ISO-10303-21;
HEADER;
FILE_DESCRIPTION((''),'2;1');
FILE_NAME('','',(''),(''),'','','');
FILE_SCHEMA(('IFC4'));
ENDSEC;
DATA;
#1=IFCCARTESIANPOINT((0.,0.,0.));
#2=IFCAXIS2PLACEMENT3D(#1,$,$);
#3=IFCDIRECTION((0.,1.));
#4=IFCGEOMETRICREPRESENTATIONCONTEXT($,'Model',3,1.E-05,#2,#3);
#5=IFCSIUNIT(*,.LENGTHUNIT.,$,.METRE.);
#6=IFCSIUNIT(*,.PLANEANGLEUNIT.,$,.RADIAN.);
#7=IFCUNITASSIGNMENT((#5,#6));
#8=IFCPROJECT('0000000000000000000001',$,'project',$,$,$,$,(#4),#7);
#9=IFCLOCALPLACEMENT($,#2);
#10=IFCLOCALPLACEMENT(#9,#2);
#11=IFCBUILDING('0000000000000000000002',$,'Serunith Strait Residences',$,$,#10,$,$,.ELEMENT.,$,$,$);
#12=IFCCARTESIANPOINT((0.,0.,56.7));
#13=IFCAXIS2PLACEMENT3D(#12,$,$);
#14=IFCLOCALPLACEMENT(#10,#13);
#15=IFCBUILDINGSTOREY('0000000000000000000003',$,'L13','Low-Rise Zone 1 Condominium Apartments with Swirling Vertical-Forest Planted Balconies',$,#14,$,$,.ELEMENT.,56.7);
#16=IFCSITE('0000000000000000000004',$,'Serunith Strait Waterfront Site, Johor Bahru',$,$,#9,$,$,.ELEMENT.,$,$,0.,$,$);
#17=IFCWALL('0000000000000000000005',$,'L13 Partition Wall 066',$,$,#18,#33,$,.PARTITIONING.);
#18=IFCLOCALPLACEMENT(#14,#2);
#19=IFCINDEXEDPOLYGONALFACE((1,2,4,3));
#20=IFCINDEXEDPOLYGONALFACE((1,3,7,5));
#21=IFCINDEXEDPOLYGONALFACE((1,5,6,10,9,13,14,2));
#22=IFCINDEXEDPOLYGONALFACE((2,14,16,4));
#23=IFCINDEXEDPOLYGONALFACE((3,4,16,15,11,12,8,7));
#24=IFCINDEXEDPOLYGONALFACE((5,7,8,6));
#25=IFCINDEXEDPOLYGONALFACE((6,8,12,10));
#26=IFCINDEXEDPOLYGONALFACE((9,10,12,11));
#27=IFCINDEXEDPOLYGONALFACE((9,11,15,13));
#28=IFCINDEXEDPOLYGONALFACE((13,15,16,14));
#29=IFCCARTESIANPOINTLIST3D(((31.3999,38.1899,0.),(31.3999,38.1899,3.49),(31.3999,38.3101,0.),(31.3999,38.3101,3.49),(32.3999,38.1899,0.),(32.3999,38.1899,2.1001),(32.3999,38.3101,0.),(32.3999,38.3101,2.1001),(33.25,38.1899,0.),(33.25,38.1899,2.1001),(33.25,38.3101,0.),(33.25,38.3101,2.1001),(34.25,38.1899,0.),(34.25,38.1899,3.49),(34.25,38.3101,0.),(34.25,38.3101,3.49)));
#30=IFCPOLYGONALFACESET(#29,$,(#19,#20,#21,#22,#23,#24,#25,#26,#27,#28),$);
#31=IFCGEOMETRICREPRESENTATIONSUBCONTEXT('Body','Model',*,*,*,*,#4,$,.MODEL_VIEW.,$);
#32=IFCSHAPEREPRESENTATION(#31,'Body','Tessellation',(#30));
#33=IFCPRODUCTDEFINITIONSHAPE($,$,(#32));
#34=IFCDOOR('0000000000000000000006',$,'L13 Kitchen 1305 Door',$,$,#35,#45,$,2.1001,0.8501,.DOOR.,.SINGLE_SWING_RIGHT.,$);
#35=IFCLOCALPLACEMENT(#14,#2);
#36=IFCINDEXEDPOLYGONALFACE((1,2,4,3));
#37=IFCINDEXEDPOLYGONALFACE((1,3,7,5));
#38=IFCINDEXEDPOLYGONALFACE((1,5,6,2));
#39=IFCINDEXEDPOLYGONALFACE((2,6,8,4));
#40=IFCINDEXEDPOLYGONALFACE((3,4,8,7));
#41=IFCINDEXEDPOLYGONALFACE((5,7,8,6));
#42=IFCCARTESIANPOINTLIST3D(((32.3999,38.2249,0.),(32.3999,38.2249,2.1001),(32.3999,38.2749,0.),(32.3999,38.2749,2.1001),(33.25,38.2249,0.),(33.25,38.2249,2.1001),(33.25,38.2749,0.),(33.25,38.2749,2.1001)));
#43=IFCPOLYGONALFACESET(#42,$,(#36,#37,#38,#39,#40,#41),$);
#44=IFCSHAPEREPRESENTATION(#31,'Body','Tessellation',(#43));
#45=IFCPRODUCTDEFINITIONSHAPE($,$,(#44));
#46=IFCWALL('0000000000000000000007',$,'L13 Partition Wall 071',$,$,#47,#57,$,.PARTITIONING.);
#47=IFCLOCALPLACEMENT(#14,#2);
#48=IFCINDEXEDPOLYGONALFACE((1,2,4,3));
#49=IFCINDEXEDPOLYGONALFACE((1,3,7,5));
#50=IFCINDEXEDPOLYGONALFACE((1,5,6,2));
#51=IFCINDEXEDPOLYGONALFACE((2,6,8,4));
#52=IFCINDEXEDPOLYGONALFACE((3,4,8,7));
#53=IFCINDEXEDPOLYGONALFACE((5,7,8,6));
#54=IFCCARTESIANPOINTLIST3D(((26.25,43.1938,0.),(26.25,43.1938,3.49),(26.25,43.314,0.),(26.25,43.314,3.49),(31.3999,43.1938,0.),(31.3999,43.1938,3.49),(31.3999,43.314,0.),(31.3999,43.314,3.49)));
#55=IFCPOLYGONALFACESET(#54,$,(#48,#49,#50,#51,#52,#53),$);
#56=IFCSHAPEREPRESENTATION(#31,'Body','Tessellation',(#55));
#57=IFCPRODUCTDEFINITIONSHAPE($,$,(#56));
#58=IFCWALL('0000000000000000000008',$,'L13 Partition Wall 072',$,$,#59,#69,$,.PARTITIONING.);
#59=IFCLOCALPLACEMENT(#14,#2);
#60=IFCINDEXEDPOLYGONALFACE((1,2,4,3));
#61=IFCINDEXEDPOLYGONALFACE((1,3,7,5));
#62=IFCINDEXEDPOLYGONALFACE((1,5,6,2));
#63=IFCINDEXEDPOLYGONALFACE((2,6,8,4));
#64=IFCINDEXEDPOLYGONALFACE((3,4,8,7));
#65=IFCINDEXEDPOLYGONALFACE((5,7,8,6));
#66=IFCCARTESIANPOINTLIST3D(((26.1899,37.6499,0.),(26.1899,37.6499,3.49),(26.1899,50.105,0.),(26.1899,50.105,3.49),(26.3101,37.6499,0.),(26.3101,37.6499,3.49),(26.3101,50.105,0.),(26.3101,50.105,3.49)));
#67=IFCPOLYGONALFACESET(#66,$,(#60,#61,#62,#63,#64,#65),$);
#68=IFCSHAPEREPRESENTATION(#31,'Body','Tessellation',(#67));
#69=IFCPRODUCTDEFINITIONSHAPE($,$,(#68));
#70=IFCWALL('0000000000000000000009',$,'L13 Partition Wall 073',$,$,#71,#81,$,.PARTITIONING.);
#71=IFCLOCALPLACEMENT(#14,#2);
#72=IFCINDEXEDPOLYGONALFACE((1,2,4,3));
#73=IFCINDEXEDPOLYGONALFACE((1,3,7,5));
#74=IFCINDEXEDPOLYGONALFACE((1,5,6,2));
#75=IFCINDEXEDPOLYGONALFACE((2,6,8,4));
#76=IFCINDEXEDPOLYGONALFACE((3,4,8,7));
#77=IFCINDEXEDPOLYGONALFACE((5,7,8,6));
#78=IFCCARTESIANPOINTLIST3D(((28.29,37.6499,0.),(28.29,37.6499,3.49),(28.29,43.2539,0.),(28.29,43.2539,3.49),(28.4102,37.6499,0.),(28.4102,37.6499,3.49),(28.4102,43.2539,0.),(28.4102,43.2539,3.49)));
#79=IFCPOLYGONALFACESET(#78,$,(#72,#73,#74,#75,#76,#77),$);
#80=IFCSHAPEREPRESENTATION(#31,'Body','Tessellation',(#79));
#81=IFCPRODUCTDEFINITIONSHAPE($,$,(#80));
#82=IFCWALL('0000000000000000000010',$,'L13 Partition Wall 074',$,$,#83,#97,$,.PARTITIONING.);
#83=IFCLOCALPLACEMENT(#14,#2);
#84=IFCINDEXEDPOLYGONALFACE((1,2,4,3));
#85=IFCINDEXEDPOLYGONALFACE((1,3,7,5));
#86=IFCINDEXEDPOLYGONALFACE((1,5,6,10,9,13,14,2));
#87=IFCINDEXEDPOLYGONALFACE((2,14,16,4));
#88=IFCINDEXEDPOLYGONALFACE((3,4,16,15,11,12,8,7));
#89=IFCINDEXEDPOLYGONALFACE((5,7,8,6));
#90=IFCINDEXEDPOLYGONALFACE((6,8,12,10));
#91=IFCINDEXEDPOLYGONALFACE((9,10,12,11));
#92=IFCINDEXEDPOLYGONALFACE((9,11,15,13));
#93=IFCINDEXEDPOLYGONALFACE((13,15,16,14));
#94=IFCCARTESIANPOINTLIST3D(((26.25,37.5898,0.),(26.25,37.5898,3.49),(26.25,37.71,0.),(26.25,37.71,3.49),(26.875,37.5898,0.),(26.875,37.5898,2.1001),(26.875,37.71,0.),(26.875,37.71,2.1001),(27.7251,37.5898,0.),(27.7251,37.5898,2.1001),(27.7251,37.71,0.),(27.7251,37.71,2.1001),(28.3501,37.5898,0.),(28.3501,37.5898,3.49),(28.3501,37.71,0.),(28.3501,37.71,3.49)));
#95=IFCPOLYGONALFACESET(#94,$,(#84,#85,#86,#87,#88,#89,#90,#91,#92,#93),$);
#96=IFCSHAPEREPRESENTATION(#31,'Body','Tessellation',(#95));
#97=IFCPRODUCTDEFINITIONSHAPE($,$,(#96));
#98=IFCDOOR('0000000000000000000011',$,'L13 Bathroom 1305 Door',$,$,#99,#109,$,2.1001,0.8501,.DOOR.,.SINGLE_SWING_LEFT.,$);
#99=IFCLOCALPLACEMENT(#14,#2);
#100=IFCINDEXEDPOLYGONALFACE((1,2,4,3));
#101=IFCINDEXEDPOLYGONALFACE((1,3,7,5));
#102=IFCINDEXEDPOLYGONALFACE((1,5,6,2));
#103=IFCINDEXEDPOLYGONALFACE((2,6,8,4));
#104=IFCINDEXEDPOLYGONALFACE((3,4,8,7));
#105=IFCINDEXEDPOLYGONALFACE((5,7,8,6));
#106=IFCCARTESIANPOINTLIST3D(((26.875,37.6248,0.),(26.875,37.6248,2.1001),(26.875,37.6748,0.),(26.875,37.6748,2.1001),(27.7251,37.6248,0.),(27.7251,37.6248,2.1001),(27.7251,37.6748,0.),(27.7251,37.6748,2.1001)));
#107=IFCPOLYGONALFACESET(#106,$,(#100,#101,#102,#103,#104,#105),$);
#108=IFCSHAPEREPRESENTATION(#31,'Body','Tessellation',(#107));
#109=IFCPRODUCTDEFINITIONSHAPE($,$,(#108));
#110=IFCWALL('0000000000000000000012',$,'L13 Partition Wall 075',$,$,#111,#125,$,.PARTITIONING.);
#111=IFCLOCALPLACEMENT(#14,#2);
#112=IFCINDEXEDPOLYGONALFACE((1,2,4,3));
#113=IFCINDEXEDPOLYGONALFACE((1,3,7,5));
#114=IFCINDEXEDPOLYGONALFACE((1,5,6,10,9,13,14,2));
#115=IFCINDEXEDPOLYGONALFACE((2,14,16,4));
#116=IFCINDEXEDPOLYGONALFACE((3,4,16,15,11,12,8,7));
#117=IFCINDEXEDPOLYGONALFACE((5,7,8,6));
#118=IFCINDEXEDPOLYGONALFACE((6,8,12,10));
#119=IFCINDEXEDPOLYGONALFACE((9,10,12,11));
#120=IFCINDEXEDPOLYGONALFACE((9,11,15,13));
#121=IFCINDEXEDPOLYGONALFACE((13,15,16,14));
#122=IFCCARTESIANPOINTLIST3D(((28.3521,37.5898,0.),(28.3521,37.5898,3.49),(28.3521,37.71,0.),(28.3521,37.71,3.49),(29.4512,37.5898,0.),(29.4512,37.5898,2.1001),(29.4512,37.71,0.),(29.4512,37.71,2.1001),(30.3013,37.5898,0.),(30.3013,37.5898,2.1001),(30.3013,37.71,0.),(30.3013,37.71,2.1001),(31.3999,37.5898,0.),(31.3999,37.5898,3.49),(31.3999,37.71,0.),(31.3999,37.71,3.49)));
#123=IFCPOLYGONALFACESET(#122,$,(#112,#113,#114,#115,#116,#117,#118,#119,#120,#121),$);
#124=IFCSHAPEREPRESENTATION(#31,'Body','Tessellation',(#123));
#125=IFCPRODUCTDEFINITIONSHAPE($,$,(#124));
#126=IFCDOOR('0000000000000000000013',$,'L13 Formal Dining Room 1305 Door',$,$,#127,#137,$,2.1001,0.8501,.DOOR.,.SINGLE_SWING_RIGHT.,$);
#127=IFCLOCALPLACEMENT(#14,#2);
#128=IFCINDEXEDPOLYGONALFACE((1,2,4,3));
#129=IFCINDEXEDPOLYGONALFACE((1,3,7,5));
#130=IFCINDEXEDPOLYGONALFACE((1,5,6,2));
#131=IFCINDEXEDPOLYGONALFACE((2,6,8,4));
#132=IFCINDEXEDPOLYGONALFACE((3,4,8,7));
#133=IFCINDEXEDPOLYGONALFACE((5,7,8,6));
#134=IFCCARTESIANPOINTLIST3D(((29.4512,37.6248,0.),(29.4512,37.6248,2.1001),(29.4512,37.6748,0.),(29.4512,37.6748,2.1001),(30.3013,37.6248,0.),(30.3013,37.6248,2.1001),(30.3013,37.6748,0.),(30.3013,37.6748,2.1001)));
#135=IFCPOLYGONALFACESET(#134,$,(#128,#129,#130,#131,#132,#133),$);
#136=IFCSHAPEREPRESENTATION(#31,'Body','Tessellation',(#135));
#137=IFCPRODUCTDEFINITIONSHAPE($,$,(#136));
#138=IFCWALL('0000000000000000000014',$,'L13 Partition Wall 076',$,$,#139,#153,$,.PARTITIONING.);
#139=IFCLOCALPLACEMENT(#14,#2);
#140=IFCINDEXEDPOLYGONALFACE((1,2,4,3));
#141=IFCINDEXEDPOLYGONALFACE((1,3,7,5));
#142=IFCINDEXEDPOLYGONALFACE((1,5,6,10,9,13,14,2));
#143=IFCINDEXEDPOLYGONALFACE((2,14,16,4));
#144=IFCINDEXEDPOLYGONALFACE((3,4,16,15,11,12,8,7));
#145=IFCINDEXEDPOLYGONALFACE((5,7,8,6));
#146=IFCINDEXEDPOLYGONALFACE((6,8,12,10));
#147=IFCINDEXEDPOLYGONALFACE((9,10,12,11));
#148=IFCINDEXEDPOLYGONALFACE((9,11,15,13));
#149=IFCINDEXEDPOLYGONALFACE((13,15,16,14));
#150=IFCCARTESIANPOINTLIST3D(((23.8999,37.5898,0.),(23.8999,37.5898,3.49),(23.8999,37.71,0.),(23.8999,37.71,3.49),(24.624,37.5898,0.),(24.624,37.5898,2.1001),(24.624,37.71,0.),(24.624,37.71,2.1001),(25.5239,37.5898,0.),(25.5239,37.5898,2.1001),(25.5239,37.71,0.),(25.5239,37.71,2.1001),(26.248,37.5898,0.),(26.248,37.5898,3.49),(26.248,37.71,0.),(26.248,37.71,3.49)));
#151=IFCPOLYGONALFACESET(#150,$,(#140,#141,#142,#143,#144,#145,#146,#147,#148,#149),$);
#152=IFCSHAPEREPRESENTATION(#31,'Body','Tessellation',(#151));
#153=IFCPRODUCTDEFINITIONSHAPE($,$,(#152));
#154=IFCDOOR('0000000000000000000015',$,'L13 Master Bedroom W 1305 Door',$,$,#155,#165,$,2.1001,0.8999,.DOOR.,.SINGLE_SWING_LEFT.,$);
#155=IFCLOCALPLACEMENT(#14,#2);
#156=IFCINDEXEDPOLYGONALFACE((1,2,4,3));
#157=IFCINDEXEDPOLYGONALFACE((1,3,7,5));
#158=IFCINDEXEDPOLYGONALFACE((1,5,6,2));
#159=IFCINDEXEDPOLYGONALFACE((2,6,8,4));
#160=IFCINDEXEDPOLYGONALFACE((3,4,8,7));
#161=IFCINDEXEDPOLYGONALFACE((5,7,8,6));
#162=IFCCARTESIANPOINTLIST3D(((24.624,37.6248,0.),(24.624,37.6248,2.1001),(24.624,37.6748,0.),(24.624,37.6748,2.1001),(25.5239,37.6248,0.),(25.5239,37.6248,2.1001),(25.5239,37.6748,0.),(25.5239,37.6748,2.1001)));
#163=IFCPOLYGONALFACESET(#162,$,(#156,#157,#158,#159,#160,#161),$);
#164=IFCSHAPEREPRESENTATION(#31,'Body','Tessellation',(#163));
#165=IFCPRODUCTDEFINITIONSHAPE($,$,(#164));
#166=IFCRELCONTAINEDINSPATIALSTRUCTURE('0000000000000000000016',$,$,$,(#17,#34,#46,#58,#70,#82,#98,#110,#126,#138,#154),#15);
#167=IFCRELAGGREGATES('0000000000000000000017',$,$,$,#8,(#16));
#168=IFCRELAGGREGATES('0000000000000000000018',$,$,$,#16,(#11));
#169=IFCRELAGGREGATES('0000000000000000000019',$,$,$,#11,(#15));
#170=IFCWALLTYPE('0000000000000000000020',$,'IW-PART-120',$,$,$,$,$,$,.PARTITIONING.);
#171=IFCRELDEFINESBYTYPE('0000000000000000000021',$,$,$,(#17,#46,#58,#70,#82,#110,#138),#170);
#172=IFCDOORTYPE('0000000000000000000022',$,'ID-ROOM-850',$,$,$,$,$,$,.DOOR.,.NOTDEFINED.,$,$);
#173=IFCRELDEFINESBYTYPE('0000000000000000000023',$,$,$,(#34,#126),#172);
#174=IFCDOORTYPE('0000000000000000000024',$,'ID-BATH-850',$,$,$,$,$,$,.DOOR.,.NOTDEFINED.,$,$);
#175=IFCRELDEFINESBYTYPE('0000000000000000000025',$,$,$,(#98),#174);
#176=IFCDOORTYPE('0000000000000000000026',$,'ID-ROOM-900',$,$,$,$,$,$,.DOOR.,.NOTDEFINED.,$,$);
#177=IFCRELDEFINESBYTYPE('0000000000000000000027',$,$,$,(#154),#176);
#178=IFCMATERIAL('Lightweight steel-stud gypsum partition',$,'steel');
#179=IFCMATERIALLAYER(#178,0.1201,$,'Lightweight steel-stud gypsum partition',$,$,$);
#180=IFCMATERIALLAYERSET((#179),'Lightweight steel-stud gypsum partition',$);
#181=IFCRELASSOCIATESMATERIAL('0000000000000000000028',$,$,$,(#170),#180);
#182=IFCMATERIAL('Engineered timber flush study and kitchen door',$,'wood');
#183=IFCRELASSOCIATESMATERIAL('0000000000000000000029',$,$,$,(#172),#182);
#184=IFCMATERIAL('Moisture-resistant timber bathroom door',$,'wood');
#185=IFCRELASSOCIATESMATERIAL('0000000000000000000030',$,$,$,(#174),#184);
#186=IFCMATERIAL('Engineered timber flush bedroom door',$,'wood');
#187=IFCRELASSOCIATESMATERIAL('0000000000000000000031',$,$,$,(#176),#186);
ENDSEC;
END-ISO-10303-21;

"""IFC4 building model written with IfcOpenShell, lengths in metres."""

from ifc_helpers import new_model, si_unit, direction, frame, frame_2d, origin, place, context, subcontext, project, spatial, rectangle, extrude, source, transform, mapped, material, layer, layer_set, type_object, element, fill, save


model = new_model("IFC4")

# Units and contexts
model_context = context("Model", 3, precision=1e-05, world=origin(), true_north=direction((0.0, 1.0)))
body_context = subcontext(model_context, "Body", "Model", "MODEL_VIEW")
ifc_project = project(units=[si_unit("LENGTHUNIT", "METRE"), si_unit("PLANEANGLEUNIT", "RADIAN")], contexts=[model_context])

# Site, building, storey
site_placement = place(None, origin())
site = spatial("IfcSite", under=ifc_project, at=site_placement, Name="Serunith Strait Waterfront Site, Johor Bahru", CompositionType="ELEMENT", RefElevation=0.0)
building_placement = place(site_placement, origin())
building = spatial("IfcBuilding", under=site, at=building_placement, Name="Serunith Strait Residences", CompositionType="ELEMENT")
storey_placement = place(building_placement, frame((0.0, 0.0, 56.7)))
storey = spatial("IfcBuildingStorey", under=building, at=storey_placement, Name="L13", Description="Low-Rise Zone 1 Condominium Apartments with Swirling Vertical-Forest Planted Balconies", CompositionType="ELEMENT", Elevation=56.7)

# Wall, opening, door
ifc_material_1 = material(Name="Lightweight steel-stud gypsum partition", Category="steel")
ifc_layer_1 = layer(ifc_material_1, 0.1201, Name="Lightweight steel-stud gypsum partition")
ifc_layer_set_1 = layer_set([ifc_layer_1], Name="Lightweight steel-stud gypsum partition")
wall_type = type_object("IfcWallType", Name="IW-PART-120", PredefinedType="PARTITIONING", material=ifc_layer_set_1)
wall_1_placement = place(storey_placement, frame((31.3999, 38.25, 0.0), z_axis=(0.0, 0.0, 1.0), x_axis=(1.0, 0.0, 0.0)))
wall_1 = element("IfcWall", 1, at=wall_1_placement, inside=storey, type_object=wall_type, Name="L13 Partition Wall 066", PredefinedType="PARTITIONING", context=body_context, shape_type="SweptSolid", body=[
    extrude(rectangle(XDim=2.8501, YDim=0.1201, at=frame_2d((1.425, 0.0))), origin(), (0.0, 0.0, 1.0), 3.49),
])
opening_1_placement = place(wall_1_placement, frame((1.0, 0.0, 0.0)))
opening_1 = element("IfcOpeningElement", 2, at=opening_1_placement, cuts=wall_1, PredefinedType="OPENING", context=body_context, shape_type="SweptSolid", body=[
    extrude(rectangle(XDim=0.8501, YDim=2.1001, at=frame_2d((0.425, 1.05))), frame((0.0, 0.0701, 0.0), z_axis=(0.0, -1.0, 0.0), x_axis=(1.0, 0.0, 0.0)), (0.0, 0.0, 1.0), 0.1401),
])
ifc_material_2 = material(Name="Engineered timber flush study and kitchen door", Category="wood")
door_type_1 = type_object("IfcDoorType", Name="ID-ROOM-850", OperationType="NOTDEFINED", PredefinedType="DOOR", material=ifc_material_2)
shared_shape_1 = source(origin(), body_context, "Body", "SweptSolid", [
    extrude(rectangle(XDim=0.8501, YDim=2.1001, at=frame_2d((0.425, 1.05))), frame((0.0, 0.0249, 0.0), z_axis=(0.0, -1.0, 0.0), x_axis=(1.0, 0.0, 0.0)), (0.0, 0.0, 1.0), 0.05),
])
door_1_placement = place(opening_1_placement, origin())
door_1 = element("IfcDoor", 3, at=door_1_placement, inside=storey, type_object=door_type_1, Name="L13 Kitchen 1305 Door", OperationType="SINGLE_SWING_RIGHT", OverallHeight=2.1001, OverallWidth=0.8501, PredefinedType="DOOR", context=body_context, shape_type="MappedRepresentation", body=[
    mapped(shared_shape_1, transform((0.0, 0.0, 0.0), scale=1.0)),
])
fill(opening_1, door_1)

# Walls
wall_2_placement = place(storey_placement, frame((26.25, 43.2539, 0.0), z_axis=(0.0, 0.0, 1.0), x_axis=(1.0, 0.0, 0.0)))
element("IfcWall", 4, at=wall_2_placement, inside=storey, type_object=wall_type, Name="L13 Partition Wall 071", PredefinedType="PARTITIONING", context=body_context, shape_type="SweptSolid", body=[
    extrude(rectangle(XDim=5.1499, YDim=0.1201, at=frame_2d((2.575, 0.0))), origin(), (0.0, 0.0, 1.0), 3.49),
])
wall_3_placement = place(storey_placement, frame((26.25, 50.105, 0.0), z_axis=(0.0, 0.0, 1.0), x_axis=(0.0, -1.0, 0.0)))
element("IfcWall", 5, at=wall_3_placement, inside=storey, type_object=wall_type, Name="L13 Partition Wall 072", PredefinedType="PARTITIONING", context=body_context, shape_type="SweptSolid", body=[
    extrude(rectangle(XDim=12.4551, YDim=0.1201, at=frame_2d((6.2275, 0.0))), origin(), (0.0, 0.0, 1.0), 3.49),
])
wall_4_placement = place(storey_placement, frame((28.3501, 43.2539, 0.0), z_axis=(0.0, 0.0, 1.0), x_axis=(0.0, -1.0, 0.0)))
element("IfcWall", 6, at=wall_4_placement, inside=storey, type_object=wall_type, Name="L13 Partition Wall 073", PredefinedType="PARTITIONING", context=body_context, shape_type="SweptSolid", body=[
    extrude(rectangle(XDim=5.604, YDim=0.1201, at=frame_2d((2.802, 0.0))), origin(), (0.0, 0.0, 1.0), 3.49),
])

# Walls, openings, doors
wall_5_placement = place(storey_placement, frame((26.25, 37.6499, 0.0), z_axis=(0.0, 0.0, 1.0), x_axis=(1.0, 0.0, 0.0)))
wall_5 = element("IfcWall", 7, at=wall_5_placement, inside=storey, type_object=wall_type, Name="L13 Partition Wall 074", PredefinedType="PARTITIONING", context=body_context, shape_type="SweptSolid", body=[
    extrude(rectangle(XDim=2.1001, YDim=0.1201, at=frame_2d((1.05, 0.0))), origin(), (0.0, 0.0, 1.0), 3.49),
])
opening_2_placement = place(wall_5_placement, frame((0.625, 0.0, 0.0)))
opening_2 = element("IfcOpeningElement", 8, at=opening_2_placement, cuts=wall_5, PredefinedType="OPENING", context=body_context, shape_type="SweptSolid", body=[
    extrude(rectangle(XDim=0.8501, YDim=2.1001, at=frame_2d((0.425, 1.05))), frame((0.0, 0.0701, 0.0), z_axis=(0.0, -1.0, 0.0), x_axis=(1.0, 0.0, 0.0)), (0.0, 0.0, 1.0), 0.1401),
])
ifc_material_3 = material(Name="Moisture-resistant timber bathroom door", Category="wood")
door_type_2 = type_object("IfcDoorType", Name="ID-BATH-850", OperationType="NOTDEFINED", PredefinedType="DOOR", material=ifc_material_3)
door_2_placement = place(opening_2_placement, origin())
door_2 = element("IfcDoor", 9, at=door_2_placement, inside=storey, type_object=door_type_2, Name="L13 Bathroom 1305 Door", OperationType="SINGLE_SWING_LEFT", OverallHeight=2.1001, OverallWidth=0.8501, PredefinedType="DOOR", context=body_context, shape_type="MappedRepresentation", body=[
    mapped(shared_shape_1, transform((0.0, 0.0, 0.0), scale=1.0)),
])
fill(opening_2, door_2)
wall_6_placement = place(storey_placement, frame((28.3521, 37.6499, 0.0), z_axis=(0.0, 0.0, 1.0), x_axis=(1.0, 0.0, 0.0)))
wall_6 = element("IfcWall", 10, at=wall_6_placement, inside=storey, type_object=wall_type, Name="L13 Partition Wall 075", PredefinedType="PARTITIONING", context=body_context, shape_type="SweptSolid", body=[
    extrude(rectangle(XDim=3.0479, YDim=0.1201, at=frame_2d((1.5239, 0.0))), origin(), (0.0, 0.0, 1.0), 3.49),
])
opening_3_placement = place(wall_6_placement, frame((1.0991, 0.0, 0.0)))
opening_3 = element("IfcOpeningElement", 11, at=opening_3_placement, cuts=wall_6, PredefinedType="OPENING", context=body_context, shape_type="SweptSolid", body=[
    extrude(rectangle(XDim=0.8501, YDim=2.1001, at=frame_2d((0.425, 1.05))), frame((0.0, 0.0701, 0.0), z_axis=(0.0, -1.0, 0.0), x_axis=(1.0, 0.0, 0.0)), (0.0, 0.0, 1.0), 0.1401),
])
door_3_placement = place(opening_3_placement, origin())
door_3 = element("IfcDoor", 12, at=door_3_placement, inside=storey, type_object=door_type_1, Name="L13 Formal Dining Room 1305 Door", OperationType="SINGLE_SWING_RIGHT", OverallHeight=2.1001, OverallWidth=0.8501, PredefinedType="DOOR", context=body_context, shape_type="MappedRepresentation", body=[
    mapped(shared_shape_1, transform((0.0, 0.0, 0.0), scale=1.0)),
])
fill(opening_3, door_3)
wall_7_placement = place(storey_placement, frame((23.8999, 37.6499, 0.0), z_axis=(0.0, 0.0, 1.0), x_axis=(1.0, 0.0, 0.0)))
wall_7 = element("IfcWall", 13, at=wall_7_placement, inside=storey, type_object=wall_type, Name="L13 Partition Wall 076", PredefinedType="PARTITIONING", context=body_context, shape_type="SweptSolid", body=[
    extrude(rectangle(XDim=2.3481, YDim=0.1201, at=frame_2d((1.1741, 0.0))), origin(), (0.0, 0.0, 1.0), 3.49),
])
opening_4_placement = place(wall_7_placement, frame((0.7241, 0.0, 0.0)))
opening_4 = element("IfcOpeningElement", 14, at=opening_4_placement, cuts=wall_7, PredefinedType="OPENING", context=body_context, shape_type="SweptSolid", body=[
    extrude(rectangle(XDim=0.8999, YDim=2.1001, at=frame_2d((0.45, 1.05))), frame((0.0, 0.0701, 0.0), z_axis=(0.0, -1.0, 0.0), x_axis=(1.0, 0.0, 0.0)), (0.0, 0.0, 1.0), 0.1401),
])
ifc_material_4 = material(Name="Engineered timber flush bedroom door", Category="wood")
door_type_3 = type_object("IfcDoorType", Name="ID-ROOM-900", OperationType="NOTDEFINED", PredefinedType="DOOR", material=ifc_material_4)
shared_shape_2 = source(origin(), body_context, "Body", "SweptSolid", [
    extrude(rectangle(XDim=0.8999, YDim=2.1001, at=frame_2d((0.45, 1.05))), frame((0.0, 0.0249, 0.0), z_axis=(0.0, -1.0, 0.0), x_axis=(1.0, 0.0, 0.0)), (0.0, 0.0, 1.0), 0.05),
])
door_4_placement = place(opening_4_placement, origin())
door_4 = element("IfcDoor", 15, at=door_4_placement, inside=storey, type_object=door_type_3, Name="L13 Master Bedroom W 1305 Door", OperationType="SINGLE_SWING_LEFT", OverallHeight=2.1001, OverallWidth=0.8999, PredefinedType="DOOR", context=body_context, shape_type="MappedRepresentation", body=[
    mapped(shared_shape_2, transform((0.0, 0.0, 0.0), scale=1.0)),
])
fill(opening_4, door_4)

save(model, "model.ifc")
